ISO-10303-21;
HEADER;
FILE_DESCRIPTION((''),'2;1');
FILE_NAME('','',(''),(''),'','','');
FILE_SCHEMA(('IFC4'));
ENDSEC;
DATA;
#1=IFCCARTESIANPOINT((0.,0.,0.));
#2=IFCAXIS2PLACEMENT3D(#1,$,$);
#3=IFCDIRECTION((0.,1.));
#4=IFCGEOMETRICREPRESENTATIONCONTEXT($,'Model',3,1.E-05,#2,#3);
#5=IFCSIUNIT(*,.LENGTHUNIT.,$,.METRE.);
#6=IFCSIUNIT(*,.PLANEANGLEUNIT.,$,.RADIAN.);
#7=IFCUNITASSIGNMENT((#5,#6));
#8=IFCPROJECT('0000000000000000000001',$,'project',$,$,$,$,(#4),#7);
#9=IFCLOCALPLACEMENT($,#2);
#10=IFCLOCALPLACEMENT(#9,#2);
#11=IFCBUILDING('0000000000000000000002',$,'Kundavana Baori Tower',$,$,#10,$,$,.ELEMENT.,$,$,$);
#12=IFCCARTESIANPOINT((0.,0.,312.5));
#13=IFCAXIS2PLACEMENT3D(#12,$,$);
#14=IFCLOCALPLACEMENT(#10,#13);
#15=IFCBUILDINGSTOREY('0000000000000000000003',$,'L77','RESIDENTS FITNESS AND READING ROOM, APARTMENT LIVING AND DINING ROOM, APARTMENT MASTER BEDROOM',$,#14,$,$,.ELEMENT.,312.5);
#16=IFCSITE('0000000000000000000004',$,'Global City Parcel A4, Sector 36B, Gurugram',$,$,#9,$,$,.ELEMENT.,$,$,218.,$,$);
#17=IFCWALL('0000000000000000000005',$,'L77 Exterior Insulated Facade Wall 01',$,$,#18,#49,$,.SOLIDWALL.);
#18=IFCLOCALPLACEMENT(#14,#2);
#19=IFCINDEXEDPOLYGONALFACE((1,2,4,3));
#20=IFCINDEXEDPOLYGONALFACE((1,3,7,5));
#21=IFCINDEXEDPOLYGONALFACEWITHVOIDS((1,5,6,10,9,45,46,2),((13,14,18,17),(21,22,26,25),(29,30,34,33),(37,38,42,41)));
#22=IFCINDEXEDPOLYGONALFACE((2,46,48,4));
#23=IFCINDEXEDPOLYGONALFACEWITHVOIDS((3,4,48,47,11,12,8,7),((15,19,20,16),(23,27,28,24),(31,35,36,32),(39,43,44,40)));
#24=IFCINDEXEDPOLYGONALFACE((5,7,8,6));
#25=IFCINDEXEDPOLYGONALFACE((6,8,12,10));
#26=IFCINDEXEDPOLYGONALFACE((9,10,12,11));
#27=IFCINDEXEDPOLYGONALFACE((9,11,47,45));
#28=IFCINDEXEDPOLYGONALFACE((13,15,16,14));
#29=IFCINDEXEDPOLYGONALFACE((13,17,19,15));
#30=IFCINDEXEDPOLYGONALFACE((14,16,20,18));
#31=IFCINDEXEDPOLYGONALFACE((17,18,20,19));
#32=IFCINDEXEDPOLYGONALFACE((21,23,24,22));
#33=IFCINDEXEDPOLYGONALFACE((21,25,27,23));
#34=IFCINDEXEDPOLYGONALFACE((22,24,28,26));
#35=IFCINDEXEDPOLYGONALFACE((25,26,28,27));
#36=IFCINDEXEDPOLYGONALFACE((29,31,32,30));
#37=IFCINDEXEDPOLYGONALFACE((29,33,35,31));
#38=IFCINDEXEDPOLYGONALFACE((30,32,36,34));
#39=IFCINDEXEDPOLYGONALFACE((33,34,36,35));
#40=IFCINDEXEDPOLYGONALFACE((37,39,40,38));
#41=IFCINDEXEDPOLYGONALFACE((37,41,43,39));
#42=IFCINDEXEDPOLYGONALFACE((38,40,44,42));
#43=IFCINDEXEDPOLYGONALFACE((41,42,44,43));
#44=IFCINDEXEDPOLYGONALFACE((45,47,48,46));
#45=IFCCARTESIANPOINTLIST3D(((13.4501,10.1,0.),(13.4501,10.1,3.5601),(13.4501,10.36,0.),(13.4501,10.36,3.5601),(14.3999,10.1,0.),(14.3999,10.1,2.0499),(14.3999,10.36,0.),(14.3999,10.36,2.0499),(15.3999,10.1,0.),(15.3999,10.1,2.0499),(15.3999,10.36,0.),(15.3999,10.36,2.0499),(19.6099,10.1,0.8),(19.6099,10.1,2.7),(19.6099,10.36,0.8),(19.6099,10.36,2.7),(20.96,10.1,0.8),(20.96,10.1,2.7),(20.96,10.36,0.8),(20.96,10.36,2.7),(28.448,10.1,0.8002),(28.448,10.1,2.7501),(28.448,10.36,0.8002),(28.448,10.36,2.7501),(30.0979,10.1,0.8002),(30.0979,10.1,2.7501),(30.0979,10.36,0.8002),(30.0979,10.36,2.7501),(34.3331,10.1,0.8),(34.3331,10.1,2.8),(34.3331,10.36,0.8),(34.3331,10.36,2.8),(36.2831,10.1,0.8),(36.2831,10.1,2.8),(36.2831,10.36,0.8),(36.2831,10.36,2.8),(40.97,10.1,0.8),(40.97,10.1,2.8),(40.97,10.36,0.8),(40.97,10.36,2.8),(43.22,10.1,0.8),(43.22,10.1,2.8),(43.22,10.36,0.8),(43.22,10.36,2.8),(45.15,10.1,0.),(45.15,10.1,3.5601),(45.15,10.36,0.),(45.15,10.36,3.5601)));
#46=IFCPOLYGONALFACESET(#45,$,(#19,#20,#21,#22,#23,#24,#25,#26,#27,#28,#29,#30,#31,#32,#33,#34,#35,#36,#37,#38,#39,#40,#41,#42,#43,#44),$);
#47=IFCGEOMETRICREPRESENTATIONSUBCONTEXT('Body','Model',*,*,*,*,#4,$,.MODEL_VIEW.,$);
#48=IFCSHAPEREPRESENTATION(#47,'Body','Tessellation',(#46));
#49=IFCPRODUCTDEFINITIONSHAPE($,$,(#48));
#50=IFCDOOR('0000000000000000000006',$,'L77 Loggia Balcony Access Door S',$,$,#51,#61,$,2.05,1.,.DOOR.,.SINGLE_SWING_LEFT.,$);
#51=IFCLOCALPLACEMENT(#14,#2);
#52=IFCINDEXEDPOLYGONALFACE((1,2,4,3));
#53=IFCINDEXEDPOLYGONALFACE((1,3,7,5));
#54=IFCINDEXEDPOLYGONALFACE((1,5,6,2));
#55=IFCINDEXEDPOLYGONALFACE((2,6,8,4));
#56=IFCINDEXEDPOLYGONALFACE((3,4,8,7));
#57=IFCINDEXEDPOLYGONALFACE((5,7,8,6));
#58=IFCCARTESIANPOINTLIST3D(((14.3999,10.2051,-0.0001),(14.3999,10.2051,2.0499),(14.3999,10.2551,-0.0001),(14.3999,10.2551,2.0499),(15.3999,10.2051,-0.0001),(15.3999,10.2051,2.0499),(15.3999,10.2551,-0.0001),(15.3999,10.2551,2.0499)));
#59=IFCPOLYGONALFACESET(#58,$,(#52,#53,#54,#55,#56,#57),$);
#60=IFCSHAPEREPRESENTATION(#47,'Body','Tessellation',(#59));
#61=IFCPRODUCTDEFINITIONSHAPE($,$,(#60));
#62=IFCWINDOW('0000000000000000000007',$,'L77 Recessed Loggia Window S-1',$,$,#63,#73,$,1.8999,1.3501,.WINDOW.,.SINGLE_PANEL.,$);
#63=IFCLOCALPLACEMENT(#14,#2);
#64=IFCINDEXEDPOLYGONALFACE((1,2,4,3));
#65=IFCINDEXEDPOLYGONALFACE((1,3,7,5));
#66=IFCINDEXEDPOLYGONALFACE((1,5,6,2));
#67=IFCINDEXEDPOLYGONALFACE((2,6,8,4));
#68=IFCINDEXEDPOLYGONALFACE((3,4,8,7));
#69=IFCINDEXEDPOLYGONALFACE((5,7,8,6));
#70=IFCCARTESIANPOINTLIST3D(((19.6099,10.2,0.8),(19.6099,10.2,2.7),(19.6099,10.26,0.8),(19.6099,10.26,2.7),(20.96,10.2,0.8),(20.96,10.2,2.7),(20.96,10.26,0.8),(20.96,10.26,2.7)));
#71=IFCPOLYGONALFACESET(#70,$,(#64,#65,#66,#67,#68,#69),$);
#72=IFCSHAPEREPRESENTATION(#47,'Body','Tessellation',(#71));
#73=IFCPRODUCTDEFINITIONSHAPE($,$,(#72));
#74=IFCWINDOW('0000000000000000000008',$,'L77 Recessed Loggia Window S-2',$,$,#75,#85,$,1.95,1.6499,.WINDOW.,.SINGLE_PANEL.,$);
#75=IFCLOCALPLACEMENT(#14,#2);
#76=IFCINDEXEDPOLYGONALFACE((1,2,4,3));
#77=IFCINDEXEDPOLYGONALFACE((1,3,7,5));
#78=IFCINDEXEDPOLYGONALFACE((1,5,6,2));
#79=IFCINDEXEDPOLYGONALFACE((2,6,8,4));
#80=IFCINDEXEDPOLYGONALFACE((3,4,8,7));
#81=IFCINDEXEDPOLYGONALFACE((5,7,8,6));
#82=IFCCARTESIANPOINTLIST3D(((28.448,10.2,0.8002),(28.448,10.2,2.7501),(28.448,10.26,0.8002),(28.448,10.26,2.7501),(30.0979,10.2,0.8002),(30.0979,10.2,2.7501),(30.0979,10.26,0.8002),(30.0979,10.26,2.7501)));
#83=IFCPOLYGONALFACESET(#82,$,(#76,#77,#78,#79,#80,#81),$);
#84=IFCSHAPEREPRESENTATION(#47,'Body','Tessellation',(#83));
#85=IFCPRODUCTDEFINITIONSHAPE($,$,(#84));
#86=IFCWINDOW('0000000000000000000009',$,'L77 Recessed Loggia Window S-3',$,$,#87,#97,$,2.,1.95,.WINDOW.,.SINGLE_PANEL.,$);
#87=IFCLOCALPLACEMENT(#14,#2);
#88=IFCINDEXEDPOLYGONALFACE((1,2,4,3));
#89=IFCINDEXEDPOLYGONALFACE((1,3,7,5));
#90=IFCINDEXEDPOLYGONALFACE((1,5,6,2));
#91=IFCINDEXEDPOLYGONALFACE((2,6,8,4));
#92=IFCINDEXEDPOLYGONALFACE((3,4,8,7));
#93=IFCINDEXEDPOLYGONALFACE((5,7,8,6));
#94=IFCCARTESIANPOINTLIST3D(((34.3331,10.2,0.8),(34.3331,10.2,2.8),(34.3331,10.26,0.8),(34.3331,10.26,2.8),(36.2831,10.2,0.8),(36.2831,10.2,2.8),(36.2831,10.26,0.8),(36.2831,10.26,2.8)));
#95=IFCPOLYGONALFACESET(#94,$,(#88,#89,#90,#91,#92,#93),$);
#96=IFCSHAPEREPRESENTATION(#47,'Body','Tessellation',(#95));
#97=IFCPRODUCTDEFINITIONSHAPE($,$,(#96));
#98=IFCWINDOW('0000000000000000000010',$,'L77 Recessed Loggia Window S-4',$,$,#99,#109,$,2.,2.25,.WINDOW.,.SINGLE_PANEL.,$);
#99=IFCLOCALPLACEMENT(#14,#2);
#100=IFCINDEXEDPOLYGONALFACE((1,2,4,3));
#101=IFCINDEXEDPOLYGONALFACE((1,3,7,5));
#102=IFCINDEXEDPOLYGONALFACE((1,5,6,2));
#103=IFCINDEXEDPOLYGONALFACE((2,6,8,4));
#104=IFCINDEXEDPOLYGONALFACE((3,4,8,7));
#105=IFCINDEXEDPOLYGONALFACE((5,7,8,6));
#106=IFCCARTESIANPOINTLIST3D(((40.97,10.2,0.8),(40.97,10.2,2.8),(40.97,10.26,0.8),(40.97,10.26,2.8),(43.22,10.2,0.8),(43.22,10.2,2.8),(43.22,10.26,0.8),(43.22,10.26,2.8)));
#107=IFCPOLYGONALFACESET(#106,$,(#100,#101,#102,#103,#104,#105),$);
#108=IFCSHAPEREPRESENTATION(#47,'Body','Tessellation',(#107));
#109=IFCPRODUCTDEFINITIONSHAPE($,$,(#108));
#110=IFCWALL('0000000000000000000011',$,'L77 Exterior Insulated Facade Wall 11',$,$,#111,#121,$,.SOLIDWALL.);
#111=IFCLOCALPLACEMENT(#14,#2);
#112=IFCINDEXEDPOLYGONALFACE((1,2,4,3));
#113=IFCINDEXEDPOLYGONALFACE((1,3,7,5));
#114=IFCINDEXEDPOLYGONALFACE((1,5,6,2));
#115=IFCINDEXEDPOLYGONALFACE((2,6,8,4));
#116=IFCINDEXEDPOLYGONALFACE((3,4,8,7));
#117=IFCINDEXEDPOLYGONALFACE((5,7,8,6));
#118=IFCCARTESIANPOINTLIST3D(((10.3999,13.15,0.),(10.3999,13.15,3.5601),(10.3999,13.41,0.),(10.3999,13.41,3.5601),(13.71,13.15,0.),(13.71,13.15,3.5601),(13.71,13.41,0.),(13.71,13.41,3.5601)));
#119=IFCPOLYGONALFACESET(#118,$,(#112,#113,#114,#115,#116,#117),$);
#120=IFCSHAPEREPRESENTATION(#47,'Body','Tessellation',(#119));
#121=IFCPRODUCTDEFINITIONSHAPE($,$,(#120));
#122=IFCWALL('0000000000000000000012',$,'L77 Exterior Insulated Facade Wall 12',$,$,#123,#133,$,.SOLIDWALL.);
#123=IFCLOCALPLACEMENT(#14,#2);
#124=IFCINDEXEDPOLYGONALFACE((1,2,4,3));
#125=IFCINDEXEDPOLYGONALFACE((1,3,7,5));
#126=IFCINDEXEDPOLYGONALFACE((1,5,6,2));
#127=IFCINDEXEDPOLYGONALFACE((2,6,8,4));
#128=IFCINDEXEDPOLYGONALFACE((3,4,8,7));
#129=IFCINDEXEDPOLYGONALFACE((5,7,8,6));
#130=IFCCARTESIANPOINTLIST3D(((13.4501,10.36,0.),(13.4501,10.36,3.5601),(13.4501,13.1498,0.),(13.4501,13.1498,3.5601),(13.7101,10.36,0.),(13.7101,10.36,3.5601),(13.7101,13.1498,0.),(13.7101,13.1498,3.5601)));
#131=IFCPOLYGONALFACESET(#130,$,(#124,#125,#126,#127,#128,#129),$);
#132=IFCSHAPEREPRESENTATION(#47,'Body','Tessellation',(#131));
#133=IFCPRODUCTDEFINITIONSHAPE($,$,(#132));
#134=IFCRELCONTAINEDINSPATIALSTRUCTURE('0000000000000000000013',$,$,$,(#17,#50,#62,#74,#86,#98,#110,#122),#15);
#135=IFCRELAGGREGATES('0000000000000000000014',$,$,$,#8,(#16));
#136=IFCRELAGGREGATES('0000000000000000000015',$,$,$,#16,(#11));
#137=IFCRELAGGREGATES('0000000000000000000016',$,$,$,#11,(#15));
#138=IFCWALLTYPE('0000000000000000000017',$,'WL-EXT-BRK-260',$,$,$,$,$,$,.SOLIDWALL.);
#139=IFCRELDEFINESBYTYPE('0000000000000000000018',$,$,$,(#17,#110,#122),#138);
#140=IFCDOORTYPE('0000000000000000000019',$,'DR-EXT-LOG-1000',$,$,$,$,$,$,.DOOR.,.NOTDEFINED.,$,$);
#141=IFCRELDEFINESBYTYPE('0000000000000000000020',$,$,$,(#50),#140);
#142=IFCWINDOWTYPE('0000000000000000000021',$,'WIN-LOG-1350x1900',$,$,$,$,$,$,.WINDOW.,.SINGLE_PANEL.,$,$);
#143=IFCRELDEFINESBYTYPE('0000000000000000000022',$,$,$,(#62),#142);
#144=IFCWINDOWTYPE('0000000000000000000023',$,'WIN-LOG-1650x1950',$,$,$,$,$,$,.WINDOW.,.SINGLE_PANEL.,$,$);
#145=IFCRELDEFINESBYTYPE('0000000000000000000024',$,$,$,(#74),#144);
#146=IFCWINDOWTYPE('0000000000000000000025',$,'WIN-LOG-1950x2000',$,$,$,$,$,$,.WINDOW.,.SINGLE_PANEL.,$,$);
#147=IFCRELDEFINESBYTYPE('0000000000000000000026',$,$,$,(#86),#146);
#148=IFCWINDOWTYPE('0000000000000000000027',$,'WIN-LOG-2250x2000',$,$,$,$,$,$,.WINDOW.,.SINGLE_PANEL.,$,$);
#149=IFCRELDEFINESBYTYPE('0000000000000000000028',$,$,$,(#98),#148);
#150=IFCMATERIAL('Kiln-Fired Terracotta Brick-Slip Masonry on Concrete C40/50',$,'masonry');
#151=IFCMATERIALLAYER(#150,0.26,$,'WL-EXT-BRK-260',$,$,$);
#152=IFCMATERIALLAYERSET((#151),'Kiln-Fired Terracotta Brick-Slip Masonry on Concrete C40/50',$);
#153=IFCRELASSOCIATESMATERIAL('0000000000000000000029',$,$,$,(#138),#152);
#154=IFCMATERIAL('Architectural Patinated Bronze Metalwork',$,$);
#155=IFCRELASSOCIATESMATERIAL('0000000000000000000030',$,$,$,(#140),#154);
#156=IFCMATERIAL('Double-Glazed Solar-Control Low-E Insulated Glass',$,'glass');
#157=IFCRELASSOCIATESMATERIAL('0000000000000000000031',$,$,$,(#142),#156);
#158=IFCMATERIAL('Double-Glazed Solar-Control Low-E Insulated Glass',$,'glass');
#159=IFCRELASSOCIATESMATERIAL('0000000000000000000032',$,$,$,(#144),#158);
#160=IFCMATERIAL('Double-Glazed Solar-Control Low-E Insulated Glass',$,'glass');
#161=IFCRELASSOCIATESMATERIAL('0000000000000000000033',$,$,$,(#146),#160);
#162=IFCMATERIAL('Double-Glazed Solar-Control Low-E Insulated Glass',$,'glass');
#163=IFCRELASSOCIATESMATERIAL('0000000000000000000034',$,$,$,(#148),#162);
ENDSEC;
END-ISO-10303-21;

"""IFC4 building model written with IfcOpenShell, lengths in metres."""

from ifc_helpers import new_model, si_unit, direction, frame, frame_2d, origin, place, context, subcontext, project, spatial, rectangle, extrude, material, layer, layer_set, type_object, element, fill, save


model = new_model("IFC4")

# Units and contexts
model_context = context("Model", 3, precision=1e-05, world=origin(), true_north=direction((0.0, 1.0)))
body_context = subcontext(model_context, "Body", "Model", "MODEL_VIEW")
ifc_project = project(units=[si_unit("LENGTHUNIT", "METRE"), si_unit("PLANEANGLEUNIT", "RADIAN")], contexts=[model_context])

# Site, building, storey
site_placement = place(None, origin())
site = spatial("IfcSite", under=ifc_project, at=site_placement, Name="Global City Parcel A4, Sector 36B, Gurugram", CompositionType="ELEMENT", RefElevation=218.0)
building_placement = place(site_placement, origin())
building = spatial("IfcBuilding", under=site, at=building_placement, Name="Kundavana Baori Tower", CompositionType="ELEMENT")
storey_placement = place(building_placement, frame((0.0, 0.0, 312.5)))
storey = spatial("IfcBuildingStorey", under=building, at=storey_placement, Name="L77", Description="RESIDENTS FITNESS AND READING ROOM, APARTMENT LIVING AND DINING ROOM, APARTMENT MASTER BEDROOM", CompositionType="ELEMENT", Elevation=312.5)

# Wall, openings, door, windows
ifc_material_1 = material(Name="Kiln-Fired Terracotta Brick-Slip Masonry on Concrete C40/50", Category="masonry")
ifc_layer_1 = layer(ifc_material_1, 0.26, Name="WL-EXT-BRK-260")
ifc_layer_set_1 = layer_set([ifc_layer_1], Name="Kiln-Fired Terracotta Brick-Slip Masonry on Concrete C40/50")
wall_type_1 = type_object("IfcWallType", Name="WL-EXT-BRK-260", PredefinedType="SOLIDWALL", material=ifc_layer_set_1)
wall_1_placement = place(storey_placement, frame((13.45, 10.23, 0.0), z_axis=(0.0, 0.0, 1.0), x_axis=(1.0, 0.0, 0.0)))
wall_1 = element("IfcWall", 1, at=wall_1_placement, inside=storey, type_object=wall_type_1, Name="L77 Exterior Insulated Facade Wall 01", PredefinedType="SOLIDWALL", context=body_context, shape_type="SweptSolid", body=[
    extrude(rectangle(XDim=31.7, YDim=0.26, at=frame_2d((15.8501, 0.0))), origin(), (0.0, 0.0, 1.0), 3.5601),
])
opening_1_placement = place(wall_1_placement, frame((0.95, 0.0, 0.0)))
opening_1 = element("IfcOpeningElement", 2, at=opening_1_placement, cuts=wall_1, PredefinedType="OPENING", context=body_context, shape_type="SweptSolid", body=[
    extrude(rectangle(XDim=1.0, YDim=2.05, at=frame_2d((0.5, 1.0249))), frame((0.0, 0.1401, 0.0), z_axis=(0.0, -1.0, 0.0), x_axis=(1.0, 0.0, 0.0)), (0.0, 0.0, 1.0), 0.28),
])
opening_2_placement = place(wall_1_placement, frame((6.1599, 0.0, 0.8)))
opening_2 = element("IfcOpeningElement", 3, at=opening_2_placement, cuts=wall_1, PredefinedType="OPENING", context=body_context, shape_type="SweptSolid", body=[
    extrude(rectangle(XDim=1.3501, YDim=1.8999, at=frame_2d((0.675, 0.95))), frame((0.0, 0.1401, 0.0), z_axis=(0.0, -1.0, 0.0), x_axis=(1.0, 0.0, 0.0)), (0.0, 0.0, 1.0), 0.28),
])
opening_3_placement = place(wall_1_placement, frame((14.998, 0.0, 0.8)))
opening_3 = element("IfcOpeningElement", 4, at=opening_3_placement, cuts=wall_1, PredefinedType="OPENING", context=body_context, shape_type="SweptSolid", body=[
    extrude(rectangle(XDim=1.6499, YDim=1.95, at=frame_2d((0.825, 0.9751))), frame((0.0, 0.1401, 0.0), z_axis=(0.0, -1.0, 0.0), x_axis=(1.0, 0.0, 0.0)), (0.0, 0.0, 1.0), 0.28),
])
opening_4_placement = place(wall_1_placement, frame((20.8831, 0.0, 0.8)))
opening_4 = element("IfcOpeningElement", 5, at=opening_4_placement, cuts=wall_1, PredefinedType="OPENING", context=body_context, shape_type="SweptSolid", body=[
    extrude(rectangle(XDim=1.95, YDim=2.0, at=frame_2d((0.9751, 1.0))), frame((0.0, 0.1401, 0.0), z_axis=(0.0, -1.0, 0.0), x_axis=(1.0, 0.0, 0.0)), (0.0, 0.0, 1.0), 0.28),
])
opening_5_placement = place(wall_1_placement, frame((27.52, 0.0, 0.8)))
opening_5 = element("IfcOpeningElement", 6, at=opening_5_placement, cuts=wall_1, PredefinedType="OPENING", context=body_context, shape_type="SweptSolid", body=[
    extrude(rectangle(XDim=2.25, YDim=2.0, at=frame_2d((1.125, 1.0))), frame((0.0, 0.1401, 0.0), z_axis=(0.0, -1.0, 0.0), x_axis=(1.0, 0.0, 0.0)), (0.0, 0.0, 1.0), 0.28),
])
ifc_material_2 = material(Name="Architectural Patinated Bronze Metalwork")
door_type_1 = type_object("IfcDoorType", Name="DR-EXT-LOG-1000", OperationType="NOTDEFINED", PredefinedType="DOOR", material=ifc_material_2)
door_1_placement = place(opening_1_placement, frame((1.0, 0.0, 0.0), z_axis=(0.0, 0.0, 1.0), x_axis=(-1.0, 0.0, 0.0)))
door_1 = element("IfcDoor", 7, at=door_1_placement, inside=storey, type_object=door_type_1, Name="L77 Loggia Balcony Access Door S", OperationType="SINGLE_SWING_LEFT", OverallHeight=2.05, OverallWidth=1.0, PredefinedType="DOOR", context=body_context, shape_type="SweptSolid", body=[
    extrude(rectangle(XDim=1.0, YDim=2.05, at=frame_2d((0.5, 1.0249))), frame((0.0, 0.0249, 0.0), z_axis=(0.0, -1.0, 0.0), x_axis=(1.0, 0.0, 0.0)), (0.0, 0.0, 1.0), 0.05),
])
fill(opening_1, door_1)
ifc_material_3 = material(Name="Double-Glazed Solar-Control Low-E Insulated Glass", Category="glass")
window_type_1 = type_object("IfcWindowType", Name="WIN-LOG-1350x1900", PartitioningType="SINGLE_PANEL", PredefinedType="WINDOW", material=ifc_material_3)
window_1_placement = place(opening_2_placement, origin())
window_1 = element("IfcWindow", 8, at=window_1_placement, inside=storey, type_object=window_type_1, Name="L77 Recessed Loggia Window S-1", OverallHeight=1.8999, OverallWidth=1.3501, PartitioningType="SINGLE_PANEL", PredefinedType="WINDOW", context=body_context, shape_type="SweptSolid", body=[
    extrude(rectangle(XDim=1.3501, YDim=1.8999, at=frame_2d((0.675, 0.95))), frame((0.0, 0.03, 0.0), z_axis=(0.0, -1.0, 0.0), x_axis=(1.0, 0.0, 0.0)), (0.0, 0.0, 1.0), 0.0601),
])
fill(opening_2, window_1)
ifc_material_4 = material(Name="Double-Glazed Solar-Control Low-E Insulated Glass", Category="glass")
window_type_2 = type_object("IfcWindowType", Name="WIN-LOG-1650x1950", PartitioningType="SINGLE_PANEL", PredefinedType="WINDOW", material=ifc_material_4)
window_2_placement = place(opening_3_placement, origin())
window_2 = element("IfcWindow", 9, at=window_2_placement, inside=storey, type_object=window_type_2, Name="L77 Recessed Loggia Window S-2", OverallHeight=1.95, OverallWidth=1.6499, PartitioningType="SINGLE_PANEL", PredefinedType="WINDOW", context=body_context, shape_type="SweptSolid", body=[
    extrude(rectangle(XDim=1.6499, YDim=1.95, at=frame_2d((0.825, 0.9751))), frame((0.0, 0.03, 0.0), z_axis=(0.0, -1.0, 0.0), x_axis=(1.0, 0.0, 0.0)), (0.0, 0.0, 1.0), 0.0601),
])
fill(opening_3, window_2)
ifc_material_5 = material(Name="Double-Glazed Solar-Control Low-E Insulated Glass", Category="glass")
window_type_3 = type_object("IfcWindowType", Name="WIN-LOG-1950x2000", PartitioningType="SINGLE_PANEL", PredefinedType="WINDOW", material=ifc_material_5)
window_3_placement = place(opening_4_placement, origin())
window_3 = element("IfcWindow", 10, at=window_3_placement, inside=storey, type_object=window_type_3, Name="L77 Recessed Loggia Window S-3", OverallHeight=2.0, OverallWidth=1.95, PartitioningType="SINGLE_PANEL", PredefinedType="WINDOW", context=body_context, shape_type="SweptSolid", body=[
    extrude(rectangle(XDim=1.95, YDim=2.0, at=frame_2d((0.9751, 1.0))), frame((0.0, 0.03, 0.0), z_axis=(0.0, -1.0, 0.0), x_axis=(1.0, 0.0, 0.0)), (0.0, 0.0, 1.0), 0.0601),
])
fill(opening_4, window_3)
ifc_material_6 = material(Name="Double-Glazed Solar-Control Low-E Insulated Glass", Category="glass")
window_type_4 = type_object("IfcWindowType", Name="WIN-LOG-2250x2000", PartitioningType="SINGLE_PANEL", PredefinedType="WINDOW", material=ifc_material_6)
window_4_placement = place(opening_5_placement, origin())
window_4 = element("IfcWindow", 11, at=window_4_placement, inside=storey, type_object=window_type_4, Name="L77 Recessed Loggia Window S-4", OverallHeight=2.0, OverallWidth=2.25, PartitioningType="SINGLE_PANEL", PredefinedType="WINDOW", context=body_context, shape_type="SweptSolid", body=[
    extrude(rectangle(XDim=2.25, YDim=2.0, at=frame_2d((1.125, 1.0))), frame((0.0, 0.03, 0.0), z_axis=(0.0, -1.0, 0.0), x_axis=(1.0, 0.0, 0.0)), (0.0, 0.0, 1.0), 0.0601),
])
fill(opening_5, window_4)

# Walls
wall_2_placement = place(storey_placement, frame((10.3999, 13.28, 0.0), z_axis=(0.0, 0.0, 1.0), x_axis=(1.0, 0.0, 0.0)))
element("IfcWall", 12, at=wall_2_placement, inside=storey, type_object=wall_type_1, Name="L77 Exterior Insulated Facade Wall 11", PredefinedType="SOLIDWALL", context=body_context, shape_type="SweptSolid", body=[
    extrude(rectangle(XDim=3.3101, YDim=0.26, at=frame_2d((1.655, 0.0))), origin(), (0.0, 0.0, 1.0), 3.5601),
])
wall_3_placement = place(storey_placement, frame((13.5801, 13.1499, 0.0), z_axis=(0.0, 0.0, 1.0), x_axis=(0.0, -1.0, 0.0)))
element("IfcWall", 13, at=wall_3_placement, inside=storey, type_object=wall_type_1, Name="L77 Exterior Insulated Facade Wall 12", PredefinedType="SOLIDWALL", context=body_context, shape_type="SweptSolid", body=[
    extrude(rectangle(XDim=2.7898, YDim=0.26, at=frame_2d((1.395, 0.0))), origin(), (0.0, 0.0, 1.0), 3.5601),
])

save(model, "model.ifc")
